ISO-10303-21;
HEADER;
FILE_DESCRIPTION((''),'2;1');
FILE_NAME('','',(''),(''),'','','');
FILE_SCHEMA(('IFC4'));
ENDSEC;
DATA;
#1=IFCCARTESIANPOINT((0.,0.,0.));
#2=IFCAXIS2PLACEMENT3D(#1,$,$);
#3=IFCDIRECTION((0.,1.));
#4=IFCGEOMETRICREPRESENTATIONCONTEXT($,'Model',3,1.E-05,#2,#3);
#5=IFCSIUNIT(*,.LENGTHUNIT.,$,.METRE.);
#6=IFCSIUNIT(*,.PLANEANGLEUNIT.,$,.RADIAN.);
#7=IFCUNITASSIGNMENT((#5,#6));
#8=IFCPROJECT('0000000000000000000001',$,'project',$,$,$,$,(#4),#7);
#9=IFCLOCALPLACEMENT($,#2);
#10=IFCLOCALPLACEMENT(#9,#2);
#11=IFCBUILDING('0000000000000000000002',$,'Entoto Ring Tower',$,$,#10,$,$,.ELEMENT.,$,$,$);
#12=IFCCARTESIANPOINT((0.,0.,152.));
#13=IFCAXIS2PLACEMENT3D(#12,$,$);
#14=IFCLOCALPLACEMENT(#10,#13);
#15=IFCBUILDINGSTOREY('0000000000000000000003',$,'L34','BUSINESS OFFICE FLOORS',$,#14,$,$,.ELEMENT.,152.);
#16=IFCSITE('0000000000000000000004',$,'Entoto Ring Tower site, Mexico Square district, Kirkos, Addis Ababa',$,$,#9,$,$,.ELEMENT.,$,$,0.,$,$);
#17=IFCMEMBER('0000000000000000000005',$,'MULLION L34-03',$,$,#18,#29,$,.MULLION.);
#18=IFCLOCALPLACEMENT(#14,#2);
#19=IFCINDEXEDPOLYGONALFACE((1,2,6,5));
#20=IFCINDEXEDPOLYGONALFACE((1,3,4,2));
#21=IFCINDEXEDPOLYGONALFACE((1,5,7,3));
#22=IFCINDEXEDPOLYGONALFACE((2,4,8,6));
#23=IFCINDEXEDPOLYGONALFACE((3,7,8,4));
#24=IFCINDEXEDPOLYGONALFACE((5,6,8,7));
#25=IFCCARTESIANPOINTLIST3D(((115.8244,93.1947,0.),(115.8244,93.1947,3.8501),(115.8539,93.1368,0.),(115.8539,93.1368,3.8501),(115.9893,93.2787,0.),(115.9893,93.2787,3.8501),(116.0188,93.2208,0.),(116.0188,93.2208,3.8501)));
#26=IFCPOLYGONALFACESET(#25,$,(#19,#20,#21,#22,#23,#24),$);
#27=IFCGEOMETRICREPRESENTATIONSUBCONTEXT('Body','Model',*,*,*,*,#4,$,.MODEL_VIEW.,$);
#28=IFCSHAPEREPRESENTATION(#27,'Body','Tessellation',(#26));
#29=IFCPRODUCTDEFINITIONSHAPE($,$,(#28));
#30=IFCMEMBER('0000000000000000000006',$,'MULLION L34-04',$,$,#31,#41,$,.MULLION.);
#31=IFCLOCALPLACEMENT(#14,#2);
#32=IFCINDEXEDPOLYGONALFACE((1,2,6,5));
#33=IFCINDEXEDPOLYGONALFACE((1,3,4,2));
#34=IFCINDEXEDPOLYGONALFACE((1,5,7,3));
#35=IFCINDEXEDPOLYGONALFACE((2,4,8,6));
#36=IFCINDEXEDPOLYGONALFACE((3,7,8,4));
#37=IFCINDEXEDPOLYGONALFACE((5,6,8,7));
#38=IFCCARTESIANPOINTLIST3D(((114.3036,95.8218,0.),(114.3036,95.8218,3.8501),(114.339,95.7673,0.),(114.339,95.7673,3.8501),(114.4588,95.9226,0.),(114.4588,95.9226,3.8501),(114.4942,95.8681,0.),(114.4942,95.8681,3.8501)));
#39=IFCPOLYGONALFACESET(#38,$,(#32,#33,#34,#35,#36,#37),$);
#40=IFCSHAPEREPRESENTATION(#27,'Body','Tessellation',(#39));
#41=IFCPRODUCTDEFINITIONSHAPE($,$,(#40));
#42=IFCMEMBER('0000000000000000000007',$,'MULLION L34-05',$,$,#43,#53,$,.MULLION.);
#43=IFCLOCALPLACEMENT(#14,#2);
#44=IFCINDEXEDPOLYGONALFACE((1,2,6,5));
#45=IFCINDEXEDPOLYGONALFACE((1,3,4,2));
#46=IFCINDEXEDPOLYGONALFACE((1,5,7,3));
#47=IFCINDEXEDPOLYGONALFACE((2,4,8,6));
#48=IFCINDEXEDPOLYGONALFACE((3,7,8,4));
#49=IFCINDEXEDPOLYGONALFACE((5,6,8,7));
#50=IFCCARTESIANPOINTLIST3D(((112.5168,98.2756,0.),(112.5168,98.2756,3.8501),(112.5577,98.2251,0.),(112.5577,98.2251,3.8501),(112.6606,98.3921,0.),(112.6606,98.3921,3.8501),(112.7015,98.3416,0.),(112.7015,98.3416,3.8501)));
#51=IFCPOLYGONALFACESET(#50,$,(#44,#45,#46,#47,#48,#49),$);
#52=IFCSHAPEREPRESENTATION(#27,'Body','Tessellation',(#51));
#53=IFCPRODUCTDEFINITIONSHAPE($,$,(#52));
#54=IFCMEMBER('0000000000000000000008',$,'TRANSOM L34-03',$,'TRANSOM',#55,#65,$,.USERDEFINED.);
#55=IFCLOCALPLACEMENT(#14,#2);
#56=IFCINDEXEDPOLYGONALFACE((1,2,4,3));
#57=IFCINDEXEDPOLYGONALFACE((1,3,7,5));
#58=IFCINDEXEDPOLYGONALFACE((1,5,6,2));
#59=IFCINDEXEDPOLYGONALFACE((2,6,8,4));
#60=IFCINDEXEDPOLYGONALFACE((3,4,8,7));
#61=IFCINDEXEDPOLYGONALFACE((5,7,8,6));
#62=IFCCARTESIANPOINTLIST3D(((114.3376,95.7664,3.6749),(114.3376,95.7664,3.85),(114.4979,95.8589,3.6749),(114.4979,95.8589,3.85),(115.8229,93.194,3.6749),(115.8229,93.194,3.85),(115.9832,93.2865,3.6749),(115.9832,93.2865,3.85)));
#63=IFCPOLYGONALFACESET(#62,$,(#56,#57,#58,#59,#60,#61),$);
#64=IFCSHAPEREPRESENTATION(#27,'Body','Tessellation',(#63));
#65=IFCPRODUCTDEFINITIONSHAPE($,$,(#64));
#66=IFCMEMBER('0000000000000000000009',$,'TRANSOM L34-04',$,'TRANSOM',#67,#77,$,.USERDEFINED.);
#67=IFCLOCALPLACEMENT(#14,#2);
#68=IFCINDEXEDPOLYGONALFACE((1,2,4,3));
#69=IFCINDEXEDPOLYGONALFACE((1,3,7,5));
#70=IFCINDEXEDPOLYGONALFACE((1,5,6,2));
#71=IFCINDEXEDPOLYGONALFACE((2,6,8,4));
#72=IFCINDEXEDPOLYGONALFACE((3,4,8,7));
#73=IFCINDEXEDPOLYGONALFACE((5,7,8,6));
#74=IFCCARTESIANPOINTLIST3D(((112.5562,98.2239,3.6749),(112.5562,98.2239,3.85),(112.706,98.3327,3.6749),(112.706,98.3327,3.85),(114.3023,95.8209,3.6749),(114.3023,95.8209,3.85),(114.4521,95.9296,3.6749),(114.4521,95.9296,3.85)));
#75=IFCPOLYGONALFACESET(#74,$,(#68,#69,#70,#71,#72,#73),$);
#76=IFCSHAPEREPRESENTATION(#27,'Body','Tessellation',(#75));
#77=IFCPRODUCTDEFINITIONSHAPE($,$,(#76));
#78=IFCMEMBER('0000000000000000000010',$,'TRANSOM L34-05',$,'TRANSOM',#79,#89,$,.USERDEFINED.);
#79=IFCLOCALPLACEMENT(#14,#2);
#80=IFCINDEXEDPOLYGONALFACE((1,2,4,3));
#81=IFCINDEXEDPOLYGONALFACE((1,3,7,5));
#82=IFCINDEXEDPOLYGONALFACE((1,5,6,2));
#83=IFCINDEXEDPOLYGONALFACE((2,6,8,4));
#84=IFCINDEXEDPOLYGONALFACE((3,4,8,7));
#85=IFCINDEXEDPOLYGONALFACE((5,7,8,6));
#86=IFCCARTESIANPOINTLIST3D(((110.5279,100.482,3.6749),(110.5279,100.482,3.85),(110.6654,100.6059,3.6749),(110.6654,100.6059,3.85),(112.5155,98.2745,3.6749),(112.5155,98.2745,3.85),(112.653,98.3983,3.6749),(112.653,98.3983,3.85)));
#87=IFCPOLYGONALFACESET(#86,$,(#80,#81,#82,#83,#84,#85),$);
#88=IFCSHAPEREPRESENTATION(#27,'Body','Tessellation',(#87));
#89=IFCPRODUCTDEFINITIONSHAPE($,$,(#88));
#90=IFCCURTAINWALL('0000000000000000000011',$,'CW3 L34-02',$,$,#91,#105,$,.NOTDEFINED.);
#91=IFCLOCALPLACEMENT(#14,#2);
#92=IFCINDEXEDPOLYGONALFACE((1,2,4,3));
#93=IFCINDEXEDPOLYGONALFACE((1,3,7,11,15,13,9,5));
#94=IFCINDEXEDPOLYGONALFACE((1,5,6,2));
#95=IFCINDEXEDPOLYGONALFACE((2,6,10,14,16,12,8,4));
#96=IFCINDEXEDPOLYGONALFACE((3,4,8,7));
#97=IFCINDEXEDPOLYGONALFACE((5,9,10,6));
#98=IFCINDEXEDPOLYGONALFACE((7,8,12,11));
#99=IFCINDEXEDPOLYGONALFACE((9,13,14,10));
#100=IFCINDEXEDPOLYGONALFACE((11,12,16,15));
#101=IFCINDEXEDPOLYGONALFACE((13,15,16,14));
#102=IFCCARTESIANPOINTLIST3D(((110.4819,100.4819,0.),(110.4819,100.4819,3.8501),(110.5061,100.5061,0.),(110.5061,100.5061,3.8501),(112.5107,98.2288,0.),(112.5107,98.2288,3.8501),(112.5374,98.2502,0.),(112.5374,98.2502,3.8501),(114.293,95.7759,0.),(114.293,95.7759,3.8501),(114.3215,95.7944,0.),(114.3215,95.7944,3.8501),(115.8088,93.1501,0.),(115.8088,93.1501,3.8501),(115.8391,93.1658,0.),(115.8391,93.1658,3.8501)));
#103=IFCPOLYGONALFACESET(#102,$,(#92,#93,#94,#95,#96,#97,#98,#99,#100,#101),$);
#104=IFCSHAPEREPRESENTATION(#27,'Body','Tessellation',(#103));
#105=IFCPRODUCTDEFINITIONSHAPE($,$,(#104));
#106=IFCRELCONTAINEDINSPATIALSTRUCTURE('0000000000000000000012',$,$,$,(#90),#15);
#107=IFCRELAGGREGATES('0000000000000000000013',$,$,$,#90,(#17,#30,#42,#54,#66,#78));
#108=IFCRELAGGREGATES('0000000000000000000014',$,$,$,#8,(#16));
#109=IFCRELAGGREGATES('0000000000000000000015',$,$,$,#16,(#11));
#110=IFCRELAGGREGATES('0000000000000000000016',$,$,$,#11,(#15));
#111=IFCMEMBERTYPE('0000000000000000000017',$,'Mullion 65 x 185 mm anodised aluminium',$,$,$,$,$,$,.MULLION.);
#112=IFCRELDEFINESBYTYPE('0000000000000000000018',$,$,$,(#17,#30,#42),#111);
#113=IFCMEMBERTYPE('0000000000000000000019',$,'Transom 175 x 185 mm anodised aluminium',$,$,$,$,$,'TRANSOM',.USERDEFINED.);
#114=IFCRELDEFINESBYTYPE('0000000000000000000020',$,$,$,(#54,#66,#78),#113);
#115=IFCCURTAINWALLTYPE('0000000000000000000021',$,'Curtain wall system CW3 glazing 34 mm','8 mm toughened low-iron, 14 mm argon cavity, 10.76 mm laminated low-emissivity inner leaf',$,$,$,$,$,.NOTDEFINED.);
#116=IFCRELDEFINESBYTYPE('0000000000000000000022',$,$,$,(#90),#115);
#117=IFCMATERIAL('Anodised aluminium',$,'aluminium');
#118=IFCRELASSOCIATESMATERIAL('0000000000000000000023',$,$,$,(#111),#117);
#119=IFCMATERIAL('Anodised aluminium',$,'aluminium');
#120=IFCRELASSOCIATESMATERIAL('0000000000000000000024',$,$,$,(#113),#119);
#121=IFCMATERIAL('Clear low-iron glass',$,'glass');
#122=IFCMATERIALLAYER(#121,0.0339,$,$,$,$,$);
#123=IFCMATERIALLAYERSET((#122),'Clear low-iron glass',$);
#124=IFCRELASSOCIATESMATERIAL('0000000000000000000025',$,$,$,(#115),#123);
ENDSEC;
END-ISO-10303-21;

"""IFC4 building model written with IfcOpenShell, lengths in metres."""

from ifc_helpers import new_model, si_unit, direction, frame, origin, origin_2d, place, context, subcontext, project, spatial, polyline, rectangle, outline, extrude, material, layer, layer_set, material_profile, profile_set, type_object, element, aggregate, save


model = new_model("IFC4")

# Units and contexts
model_context = context("Model", 3, precision=1e-05, world=origin(), true_north=direction((0.0, 1.0)))
body_context = subcontext(model_context, "Body", "Model", "MODEL_VIEW")
ifc_project = project(units=[si_unit("LENGTHUNIT", "METRE"), si_unit("PLANEANGLEUNIT", "RADIAN")], contexts=[model_context])

# Members
ifc_material_1 = material(Name="Anodised aluminium", Category="aluminium")
ifc_material_profile_1 = material_profile(ifc_material_1, rectangle(XDim=0.0649, YDim=0.1851, at=origin_2d()), Name="Mullion 65 x 185 mm anodised aluminium")
ifc_profile_set_1 = profile_set([ifc_material_profile_1], Name="Anodised aluminium")
member_type_1 = type_object("IfcMemberType", Name="Mullion 65 x 185 mm anodised aluminium", PredefinedType="MULLION", material=ifc_profile_set_1)
site_placement = place(None, origin())
building_placement = place(site_placement, origin())
storey_placement = place(building_placement, frame((0.0, 0.0, 152.0)))
member_1_placement = place(storey_placement, frame((115.9216, 93.2078, 0.0), z_axis=(0.0, 0.0, 1.0), x_axis=(-0.45399, 0.891007, 0.0)))
member_1 = element("IfcMember", 1, at=member_1_placement, type_object=member_type_1, Name="MULLION L34-03", PredefinedType="MULLION", context=body_context, shape_type="SweptSolid", body=[
    extrude(rectangle(XDim=0.0649, YDim=0.1851, at=origin_2d()), origin(), (0.0, 0.0, 1.0), 3.8501),
])
member_2_placement = place(storey_placement, frame((114.3989, 95.845, 0.0), z_axis=(0.0, 0.0, 1.0), x_axis=(-0.544639, 0.838671, 0.0)))
member_2 = element("IfcMember", 2, at=member_2_placement, type_object=member_type_1, Name="MULLION L34-04", PredefinedType="MULLION", context=body_context, shape_type="SweptSolid", body=[
    extrude(rectangle(XDim=0.0649, YDim=0.1851, at=origin_2d()), origin(), (0.0, 0.0, 1.0), 3.8501),
])
member_3_placement = place(storey_placement, frame((112.6091, 98.3086, 0.0), z_axis=(0.0, 0.0, 1.0), x_axis=(-0.62932, 0.777146, 0.0)))
member_3 = element("IfcMember", 3, at=member_3_placement, type_object=member_type_1, Name="MULLION L34-05", PredefinedType="MULLION", context=body_context, shape_type="SweptSolid", body=[
    extrude(rectangle(XDim=0.0649, YDim=0.1851, at=origin_2d()), origin(), (0.0, 0.0, 1.0), 3.8501),
])
ifc_material_2 = material(Name="Anodised aluminium", Category="aluminium")
ifc_material_profile_2 = material_profile(ifc_material_2, rectangle(XDim=0.1851, YDim=0.175, at=origin_2d()), Name="Transom 175 x 185 mm anodised aluminium")
ifc_profile_set_2 = profile_set([ifc_material_profile_2], Name="Anodised aluminium")
member_type_2 = type_object("IfcMemberType", Name="Transom 175 x 185 mm anodised aluminium", ElementType="TRANSOM", PredefinedType="USERDEFINED", material=ifc_profile_set_2)
member_4_placement = place(storey_placement, frame((115.9031, 93.2402, 3.7625), z_axis=(-0.500028, 0.866009, 0.0), x_axis=(-0.866009, -0.500028, 0.0)))
member_4 = element("IfcMember", 4, at=member_4_placement, type_object=member_type_2, Name="TRANSOM L34-03", ObjectType="TRANSOM", PredefinedType="USERDEFINED", context=body_context, shape_type="SweptSolid", body=[
    extrude(rectangle(XDim=0.1851, YDim=0.175, at=origin_2d()), origin(), (0.0, 0.0, 1.0), 2.9705),
])
member_5_placement = place(storey_placement, frame((114.3772, 95.8752, 3.7625), z_axis=(-0.58782, 0.808992, 0.0), x_axis=(-0.808992, -0.58782, 0.0)))
member_5 = element("IfcMember", 5, at=member_5_placement, type_object=member_type_2, Name="TRANSOM L34-04", ObjectType="TRANSOM", PredefinedType="USERDEFINED", context=body_context, shape_type="SweptSolid", body=[
    extrude(rectangle(XDim=0.1851, YDim=0.175, at=origin_2d()), origin(), (0.0, 0.0, 1.0), 2.9705),
])
member_6_placement = place(storey_placement, frame((112.5842, 98.3364, 3.7625), z_axis=(-0.66911, 0.743163, 0.0), x_axis=(-0.743163, -0.66911, 0.0)))
member_6 = element("IfcMember", 6, at=member_6_placement, type_object=member_type_2, Name="TRANSOM L34-05", ObjectType="TRANSOM", PredefinedType="USERDEFINED", context=body_context, shape_type="SweptSolid", body=[
    extrude(rectangle(XDim=0.1851, YDim=0.175, at=origin_2d()), origin(), (0.0, 0.0, 1.0), 2.9705),
])

# Site, building, storey
site = spatial("IfcSite", under=ifc_project, at=site_placement, Name="Entoto Ring Tower site, Mexico Square district, Kirkos, Addis Ababa", CompositionType="ELEMENT", RefElevation=0.0)
building = spatial("IfcBuilding", under=site, at=building_placement, Name="Entoto Ring Tower", CompositionType="ELEMENT")
storey = spatial("IfcBuildingStorey", under=building, at=storey_placement, Name="L34", Description="BUSINESS OFFICE FLOORS", CompositionType="ELEMENT", Elevation=152.0)

# Curtain wall
ifc_material_3 = material(Name="Clear low-iron glass", Category="glass")
ifc_layer_1 = layer(ifc_material_3, 0.0339)
ifc_layer_set_1 = layer_set([ifc_layer_1], Name="Clear low-iron glass")
curtain_wall_type = type_object("IfcCurtainWallType", Name="Curtain wall system CW3 glazing 34 mm", Description="8 mm toughened low-iron, 14 mm argon cavity, 10.76 mm laminated low-emissivity inner leaf", PredefinedType="NOTDEFINED", material=ifc_layer_set_1)
curtain_wall_1_placement = place(storey_placement, origin())
curtain_wall_1 = element("IfcCurtainWall", 7, at=curtain_wall_1_placement, inside=storey, type_object=curtain_wall_type, Name="CW3 L34-02", PredefinedType="NOTDEFINED", context=body_context, shape_type="SweptSolid", body=[
    extrude(outline(polyline([(115.8391, 93.1658), (114.3215, 95.7944), (112.5374, 98.2502), (110.5061, 100.5061), (110.4819, 100.4819), (112.5107, 98.2288), (114.293, 95.7759), (115.8088, 93.1501), (115.8391, 93.1658)])), origin(), (0.0, 0.0, 1.0), 3.8501),
])
aggregate(curtain_wall_1, [member_1, member_2, member_3, member_4, member_5, member_6])

save(model, "model.ifc")
